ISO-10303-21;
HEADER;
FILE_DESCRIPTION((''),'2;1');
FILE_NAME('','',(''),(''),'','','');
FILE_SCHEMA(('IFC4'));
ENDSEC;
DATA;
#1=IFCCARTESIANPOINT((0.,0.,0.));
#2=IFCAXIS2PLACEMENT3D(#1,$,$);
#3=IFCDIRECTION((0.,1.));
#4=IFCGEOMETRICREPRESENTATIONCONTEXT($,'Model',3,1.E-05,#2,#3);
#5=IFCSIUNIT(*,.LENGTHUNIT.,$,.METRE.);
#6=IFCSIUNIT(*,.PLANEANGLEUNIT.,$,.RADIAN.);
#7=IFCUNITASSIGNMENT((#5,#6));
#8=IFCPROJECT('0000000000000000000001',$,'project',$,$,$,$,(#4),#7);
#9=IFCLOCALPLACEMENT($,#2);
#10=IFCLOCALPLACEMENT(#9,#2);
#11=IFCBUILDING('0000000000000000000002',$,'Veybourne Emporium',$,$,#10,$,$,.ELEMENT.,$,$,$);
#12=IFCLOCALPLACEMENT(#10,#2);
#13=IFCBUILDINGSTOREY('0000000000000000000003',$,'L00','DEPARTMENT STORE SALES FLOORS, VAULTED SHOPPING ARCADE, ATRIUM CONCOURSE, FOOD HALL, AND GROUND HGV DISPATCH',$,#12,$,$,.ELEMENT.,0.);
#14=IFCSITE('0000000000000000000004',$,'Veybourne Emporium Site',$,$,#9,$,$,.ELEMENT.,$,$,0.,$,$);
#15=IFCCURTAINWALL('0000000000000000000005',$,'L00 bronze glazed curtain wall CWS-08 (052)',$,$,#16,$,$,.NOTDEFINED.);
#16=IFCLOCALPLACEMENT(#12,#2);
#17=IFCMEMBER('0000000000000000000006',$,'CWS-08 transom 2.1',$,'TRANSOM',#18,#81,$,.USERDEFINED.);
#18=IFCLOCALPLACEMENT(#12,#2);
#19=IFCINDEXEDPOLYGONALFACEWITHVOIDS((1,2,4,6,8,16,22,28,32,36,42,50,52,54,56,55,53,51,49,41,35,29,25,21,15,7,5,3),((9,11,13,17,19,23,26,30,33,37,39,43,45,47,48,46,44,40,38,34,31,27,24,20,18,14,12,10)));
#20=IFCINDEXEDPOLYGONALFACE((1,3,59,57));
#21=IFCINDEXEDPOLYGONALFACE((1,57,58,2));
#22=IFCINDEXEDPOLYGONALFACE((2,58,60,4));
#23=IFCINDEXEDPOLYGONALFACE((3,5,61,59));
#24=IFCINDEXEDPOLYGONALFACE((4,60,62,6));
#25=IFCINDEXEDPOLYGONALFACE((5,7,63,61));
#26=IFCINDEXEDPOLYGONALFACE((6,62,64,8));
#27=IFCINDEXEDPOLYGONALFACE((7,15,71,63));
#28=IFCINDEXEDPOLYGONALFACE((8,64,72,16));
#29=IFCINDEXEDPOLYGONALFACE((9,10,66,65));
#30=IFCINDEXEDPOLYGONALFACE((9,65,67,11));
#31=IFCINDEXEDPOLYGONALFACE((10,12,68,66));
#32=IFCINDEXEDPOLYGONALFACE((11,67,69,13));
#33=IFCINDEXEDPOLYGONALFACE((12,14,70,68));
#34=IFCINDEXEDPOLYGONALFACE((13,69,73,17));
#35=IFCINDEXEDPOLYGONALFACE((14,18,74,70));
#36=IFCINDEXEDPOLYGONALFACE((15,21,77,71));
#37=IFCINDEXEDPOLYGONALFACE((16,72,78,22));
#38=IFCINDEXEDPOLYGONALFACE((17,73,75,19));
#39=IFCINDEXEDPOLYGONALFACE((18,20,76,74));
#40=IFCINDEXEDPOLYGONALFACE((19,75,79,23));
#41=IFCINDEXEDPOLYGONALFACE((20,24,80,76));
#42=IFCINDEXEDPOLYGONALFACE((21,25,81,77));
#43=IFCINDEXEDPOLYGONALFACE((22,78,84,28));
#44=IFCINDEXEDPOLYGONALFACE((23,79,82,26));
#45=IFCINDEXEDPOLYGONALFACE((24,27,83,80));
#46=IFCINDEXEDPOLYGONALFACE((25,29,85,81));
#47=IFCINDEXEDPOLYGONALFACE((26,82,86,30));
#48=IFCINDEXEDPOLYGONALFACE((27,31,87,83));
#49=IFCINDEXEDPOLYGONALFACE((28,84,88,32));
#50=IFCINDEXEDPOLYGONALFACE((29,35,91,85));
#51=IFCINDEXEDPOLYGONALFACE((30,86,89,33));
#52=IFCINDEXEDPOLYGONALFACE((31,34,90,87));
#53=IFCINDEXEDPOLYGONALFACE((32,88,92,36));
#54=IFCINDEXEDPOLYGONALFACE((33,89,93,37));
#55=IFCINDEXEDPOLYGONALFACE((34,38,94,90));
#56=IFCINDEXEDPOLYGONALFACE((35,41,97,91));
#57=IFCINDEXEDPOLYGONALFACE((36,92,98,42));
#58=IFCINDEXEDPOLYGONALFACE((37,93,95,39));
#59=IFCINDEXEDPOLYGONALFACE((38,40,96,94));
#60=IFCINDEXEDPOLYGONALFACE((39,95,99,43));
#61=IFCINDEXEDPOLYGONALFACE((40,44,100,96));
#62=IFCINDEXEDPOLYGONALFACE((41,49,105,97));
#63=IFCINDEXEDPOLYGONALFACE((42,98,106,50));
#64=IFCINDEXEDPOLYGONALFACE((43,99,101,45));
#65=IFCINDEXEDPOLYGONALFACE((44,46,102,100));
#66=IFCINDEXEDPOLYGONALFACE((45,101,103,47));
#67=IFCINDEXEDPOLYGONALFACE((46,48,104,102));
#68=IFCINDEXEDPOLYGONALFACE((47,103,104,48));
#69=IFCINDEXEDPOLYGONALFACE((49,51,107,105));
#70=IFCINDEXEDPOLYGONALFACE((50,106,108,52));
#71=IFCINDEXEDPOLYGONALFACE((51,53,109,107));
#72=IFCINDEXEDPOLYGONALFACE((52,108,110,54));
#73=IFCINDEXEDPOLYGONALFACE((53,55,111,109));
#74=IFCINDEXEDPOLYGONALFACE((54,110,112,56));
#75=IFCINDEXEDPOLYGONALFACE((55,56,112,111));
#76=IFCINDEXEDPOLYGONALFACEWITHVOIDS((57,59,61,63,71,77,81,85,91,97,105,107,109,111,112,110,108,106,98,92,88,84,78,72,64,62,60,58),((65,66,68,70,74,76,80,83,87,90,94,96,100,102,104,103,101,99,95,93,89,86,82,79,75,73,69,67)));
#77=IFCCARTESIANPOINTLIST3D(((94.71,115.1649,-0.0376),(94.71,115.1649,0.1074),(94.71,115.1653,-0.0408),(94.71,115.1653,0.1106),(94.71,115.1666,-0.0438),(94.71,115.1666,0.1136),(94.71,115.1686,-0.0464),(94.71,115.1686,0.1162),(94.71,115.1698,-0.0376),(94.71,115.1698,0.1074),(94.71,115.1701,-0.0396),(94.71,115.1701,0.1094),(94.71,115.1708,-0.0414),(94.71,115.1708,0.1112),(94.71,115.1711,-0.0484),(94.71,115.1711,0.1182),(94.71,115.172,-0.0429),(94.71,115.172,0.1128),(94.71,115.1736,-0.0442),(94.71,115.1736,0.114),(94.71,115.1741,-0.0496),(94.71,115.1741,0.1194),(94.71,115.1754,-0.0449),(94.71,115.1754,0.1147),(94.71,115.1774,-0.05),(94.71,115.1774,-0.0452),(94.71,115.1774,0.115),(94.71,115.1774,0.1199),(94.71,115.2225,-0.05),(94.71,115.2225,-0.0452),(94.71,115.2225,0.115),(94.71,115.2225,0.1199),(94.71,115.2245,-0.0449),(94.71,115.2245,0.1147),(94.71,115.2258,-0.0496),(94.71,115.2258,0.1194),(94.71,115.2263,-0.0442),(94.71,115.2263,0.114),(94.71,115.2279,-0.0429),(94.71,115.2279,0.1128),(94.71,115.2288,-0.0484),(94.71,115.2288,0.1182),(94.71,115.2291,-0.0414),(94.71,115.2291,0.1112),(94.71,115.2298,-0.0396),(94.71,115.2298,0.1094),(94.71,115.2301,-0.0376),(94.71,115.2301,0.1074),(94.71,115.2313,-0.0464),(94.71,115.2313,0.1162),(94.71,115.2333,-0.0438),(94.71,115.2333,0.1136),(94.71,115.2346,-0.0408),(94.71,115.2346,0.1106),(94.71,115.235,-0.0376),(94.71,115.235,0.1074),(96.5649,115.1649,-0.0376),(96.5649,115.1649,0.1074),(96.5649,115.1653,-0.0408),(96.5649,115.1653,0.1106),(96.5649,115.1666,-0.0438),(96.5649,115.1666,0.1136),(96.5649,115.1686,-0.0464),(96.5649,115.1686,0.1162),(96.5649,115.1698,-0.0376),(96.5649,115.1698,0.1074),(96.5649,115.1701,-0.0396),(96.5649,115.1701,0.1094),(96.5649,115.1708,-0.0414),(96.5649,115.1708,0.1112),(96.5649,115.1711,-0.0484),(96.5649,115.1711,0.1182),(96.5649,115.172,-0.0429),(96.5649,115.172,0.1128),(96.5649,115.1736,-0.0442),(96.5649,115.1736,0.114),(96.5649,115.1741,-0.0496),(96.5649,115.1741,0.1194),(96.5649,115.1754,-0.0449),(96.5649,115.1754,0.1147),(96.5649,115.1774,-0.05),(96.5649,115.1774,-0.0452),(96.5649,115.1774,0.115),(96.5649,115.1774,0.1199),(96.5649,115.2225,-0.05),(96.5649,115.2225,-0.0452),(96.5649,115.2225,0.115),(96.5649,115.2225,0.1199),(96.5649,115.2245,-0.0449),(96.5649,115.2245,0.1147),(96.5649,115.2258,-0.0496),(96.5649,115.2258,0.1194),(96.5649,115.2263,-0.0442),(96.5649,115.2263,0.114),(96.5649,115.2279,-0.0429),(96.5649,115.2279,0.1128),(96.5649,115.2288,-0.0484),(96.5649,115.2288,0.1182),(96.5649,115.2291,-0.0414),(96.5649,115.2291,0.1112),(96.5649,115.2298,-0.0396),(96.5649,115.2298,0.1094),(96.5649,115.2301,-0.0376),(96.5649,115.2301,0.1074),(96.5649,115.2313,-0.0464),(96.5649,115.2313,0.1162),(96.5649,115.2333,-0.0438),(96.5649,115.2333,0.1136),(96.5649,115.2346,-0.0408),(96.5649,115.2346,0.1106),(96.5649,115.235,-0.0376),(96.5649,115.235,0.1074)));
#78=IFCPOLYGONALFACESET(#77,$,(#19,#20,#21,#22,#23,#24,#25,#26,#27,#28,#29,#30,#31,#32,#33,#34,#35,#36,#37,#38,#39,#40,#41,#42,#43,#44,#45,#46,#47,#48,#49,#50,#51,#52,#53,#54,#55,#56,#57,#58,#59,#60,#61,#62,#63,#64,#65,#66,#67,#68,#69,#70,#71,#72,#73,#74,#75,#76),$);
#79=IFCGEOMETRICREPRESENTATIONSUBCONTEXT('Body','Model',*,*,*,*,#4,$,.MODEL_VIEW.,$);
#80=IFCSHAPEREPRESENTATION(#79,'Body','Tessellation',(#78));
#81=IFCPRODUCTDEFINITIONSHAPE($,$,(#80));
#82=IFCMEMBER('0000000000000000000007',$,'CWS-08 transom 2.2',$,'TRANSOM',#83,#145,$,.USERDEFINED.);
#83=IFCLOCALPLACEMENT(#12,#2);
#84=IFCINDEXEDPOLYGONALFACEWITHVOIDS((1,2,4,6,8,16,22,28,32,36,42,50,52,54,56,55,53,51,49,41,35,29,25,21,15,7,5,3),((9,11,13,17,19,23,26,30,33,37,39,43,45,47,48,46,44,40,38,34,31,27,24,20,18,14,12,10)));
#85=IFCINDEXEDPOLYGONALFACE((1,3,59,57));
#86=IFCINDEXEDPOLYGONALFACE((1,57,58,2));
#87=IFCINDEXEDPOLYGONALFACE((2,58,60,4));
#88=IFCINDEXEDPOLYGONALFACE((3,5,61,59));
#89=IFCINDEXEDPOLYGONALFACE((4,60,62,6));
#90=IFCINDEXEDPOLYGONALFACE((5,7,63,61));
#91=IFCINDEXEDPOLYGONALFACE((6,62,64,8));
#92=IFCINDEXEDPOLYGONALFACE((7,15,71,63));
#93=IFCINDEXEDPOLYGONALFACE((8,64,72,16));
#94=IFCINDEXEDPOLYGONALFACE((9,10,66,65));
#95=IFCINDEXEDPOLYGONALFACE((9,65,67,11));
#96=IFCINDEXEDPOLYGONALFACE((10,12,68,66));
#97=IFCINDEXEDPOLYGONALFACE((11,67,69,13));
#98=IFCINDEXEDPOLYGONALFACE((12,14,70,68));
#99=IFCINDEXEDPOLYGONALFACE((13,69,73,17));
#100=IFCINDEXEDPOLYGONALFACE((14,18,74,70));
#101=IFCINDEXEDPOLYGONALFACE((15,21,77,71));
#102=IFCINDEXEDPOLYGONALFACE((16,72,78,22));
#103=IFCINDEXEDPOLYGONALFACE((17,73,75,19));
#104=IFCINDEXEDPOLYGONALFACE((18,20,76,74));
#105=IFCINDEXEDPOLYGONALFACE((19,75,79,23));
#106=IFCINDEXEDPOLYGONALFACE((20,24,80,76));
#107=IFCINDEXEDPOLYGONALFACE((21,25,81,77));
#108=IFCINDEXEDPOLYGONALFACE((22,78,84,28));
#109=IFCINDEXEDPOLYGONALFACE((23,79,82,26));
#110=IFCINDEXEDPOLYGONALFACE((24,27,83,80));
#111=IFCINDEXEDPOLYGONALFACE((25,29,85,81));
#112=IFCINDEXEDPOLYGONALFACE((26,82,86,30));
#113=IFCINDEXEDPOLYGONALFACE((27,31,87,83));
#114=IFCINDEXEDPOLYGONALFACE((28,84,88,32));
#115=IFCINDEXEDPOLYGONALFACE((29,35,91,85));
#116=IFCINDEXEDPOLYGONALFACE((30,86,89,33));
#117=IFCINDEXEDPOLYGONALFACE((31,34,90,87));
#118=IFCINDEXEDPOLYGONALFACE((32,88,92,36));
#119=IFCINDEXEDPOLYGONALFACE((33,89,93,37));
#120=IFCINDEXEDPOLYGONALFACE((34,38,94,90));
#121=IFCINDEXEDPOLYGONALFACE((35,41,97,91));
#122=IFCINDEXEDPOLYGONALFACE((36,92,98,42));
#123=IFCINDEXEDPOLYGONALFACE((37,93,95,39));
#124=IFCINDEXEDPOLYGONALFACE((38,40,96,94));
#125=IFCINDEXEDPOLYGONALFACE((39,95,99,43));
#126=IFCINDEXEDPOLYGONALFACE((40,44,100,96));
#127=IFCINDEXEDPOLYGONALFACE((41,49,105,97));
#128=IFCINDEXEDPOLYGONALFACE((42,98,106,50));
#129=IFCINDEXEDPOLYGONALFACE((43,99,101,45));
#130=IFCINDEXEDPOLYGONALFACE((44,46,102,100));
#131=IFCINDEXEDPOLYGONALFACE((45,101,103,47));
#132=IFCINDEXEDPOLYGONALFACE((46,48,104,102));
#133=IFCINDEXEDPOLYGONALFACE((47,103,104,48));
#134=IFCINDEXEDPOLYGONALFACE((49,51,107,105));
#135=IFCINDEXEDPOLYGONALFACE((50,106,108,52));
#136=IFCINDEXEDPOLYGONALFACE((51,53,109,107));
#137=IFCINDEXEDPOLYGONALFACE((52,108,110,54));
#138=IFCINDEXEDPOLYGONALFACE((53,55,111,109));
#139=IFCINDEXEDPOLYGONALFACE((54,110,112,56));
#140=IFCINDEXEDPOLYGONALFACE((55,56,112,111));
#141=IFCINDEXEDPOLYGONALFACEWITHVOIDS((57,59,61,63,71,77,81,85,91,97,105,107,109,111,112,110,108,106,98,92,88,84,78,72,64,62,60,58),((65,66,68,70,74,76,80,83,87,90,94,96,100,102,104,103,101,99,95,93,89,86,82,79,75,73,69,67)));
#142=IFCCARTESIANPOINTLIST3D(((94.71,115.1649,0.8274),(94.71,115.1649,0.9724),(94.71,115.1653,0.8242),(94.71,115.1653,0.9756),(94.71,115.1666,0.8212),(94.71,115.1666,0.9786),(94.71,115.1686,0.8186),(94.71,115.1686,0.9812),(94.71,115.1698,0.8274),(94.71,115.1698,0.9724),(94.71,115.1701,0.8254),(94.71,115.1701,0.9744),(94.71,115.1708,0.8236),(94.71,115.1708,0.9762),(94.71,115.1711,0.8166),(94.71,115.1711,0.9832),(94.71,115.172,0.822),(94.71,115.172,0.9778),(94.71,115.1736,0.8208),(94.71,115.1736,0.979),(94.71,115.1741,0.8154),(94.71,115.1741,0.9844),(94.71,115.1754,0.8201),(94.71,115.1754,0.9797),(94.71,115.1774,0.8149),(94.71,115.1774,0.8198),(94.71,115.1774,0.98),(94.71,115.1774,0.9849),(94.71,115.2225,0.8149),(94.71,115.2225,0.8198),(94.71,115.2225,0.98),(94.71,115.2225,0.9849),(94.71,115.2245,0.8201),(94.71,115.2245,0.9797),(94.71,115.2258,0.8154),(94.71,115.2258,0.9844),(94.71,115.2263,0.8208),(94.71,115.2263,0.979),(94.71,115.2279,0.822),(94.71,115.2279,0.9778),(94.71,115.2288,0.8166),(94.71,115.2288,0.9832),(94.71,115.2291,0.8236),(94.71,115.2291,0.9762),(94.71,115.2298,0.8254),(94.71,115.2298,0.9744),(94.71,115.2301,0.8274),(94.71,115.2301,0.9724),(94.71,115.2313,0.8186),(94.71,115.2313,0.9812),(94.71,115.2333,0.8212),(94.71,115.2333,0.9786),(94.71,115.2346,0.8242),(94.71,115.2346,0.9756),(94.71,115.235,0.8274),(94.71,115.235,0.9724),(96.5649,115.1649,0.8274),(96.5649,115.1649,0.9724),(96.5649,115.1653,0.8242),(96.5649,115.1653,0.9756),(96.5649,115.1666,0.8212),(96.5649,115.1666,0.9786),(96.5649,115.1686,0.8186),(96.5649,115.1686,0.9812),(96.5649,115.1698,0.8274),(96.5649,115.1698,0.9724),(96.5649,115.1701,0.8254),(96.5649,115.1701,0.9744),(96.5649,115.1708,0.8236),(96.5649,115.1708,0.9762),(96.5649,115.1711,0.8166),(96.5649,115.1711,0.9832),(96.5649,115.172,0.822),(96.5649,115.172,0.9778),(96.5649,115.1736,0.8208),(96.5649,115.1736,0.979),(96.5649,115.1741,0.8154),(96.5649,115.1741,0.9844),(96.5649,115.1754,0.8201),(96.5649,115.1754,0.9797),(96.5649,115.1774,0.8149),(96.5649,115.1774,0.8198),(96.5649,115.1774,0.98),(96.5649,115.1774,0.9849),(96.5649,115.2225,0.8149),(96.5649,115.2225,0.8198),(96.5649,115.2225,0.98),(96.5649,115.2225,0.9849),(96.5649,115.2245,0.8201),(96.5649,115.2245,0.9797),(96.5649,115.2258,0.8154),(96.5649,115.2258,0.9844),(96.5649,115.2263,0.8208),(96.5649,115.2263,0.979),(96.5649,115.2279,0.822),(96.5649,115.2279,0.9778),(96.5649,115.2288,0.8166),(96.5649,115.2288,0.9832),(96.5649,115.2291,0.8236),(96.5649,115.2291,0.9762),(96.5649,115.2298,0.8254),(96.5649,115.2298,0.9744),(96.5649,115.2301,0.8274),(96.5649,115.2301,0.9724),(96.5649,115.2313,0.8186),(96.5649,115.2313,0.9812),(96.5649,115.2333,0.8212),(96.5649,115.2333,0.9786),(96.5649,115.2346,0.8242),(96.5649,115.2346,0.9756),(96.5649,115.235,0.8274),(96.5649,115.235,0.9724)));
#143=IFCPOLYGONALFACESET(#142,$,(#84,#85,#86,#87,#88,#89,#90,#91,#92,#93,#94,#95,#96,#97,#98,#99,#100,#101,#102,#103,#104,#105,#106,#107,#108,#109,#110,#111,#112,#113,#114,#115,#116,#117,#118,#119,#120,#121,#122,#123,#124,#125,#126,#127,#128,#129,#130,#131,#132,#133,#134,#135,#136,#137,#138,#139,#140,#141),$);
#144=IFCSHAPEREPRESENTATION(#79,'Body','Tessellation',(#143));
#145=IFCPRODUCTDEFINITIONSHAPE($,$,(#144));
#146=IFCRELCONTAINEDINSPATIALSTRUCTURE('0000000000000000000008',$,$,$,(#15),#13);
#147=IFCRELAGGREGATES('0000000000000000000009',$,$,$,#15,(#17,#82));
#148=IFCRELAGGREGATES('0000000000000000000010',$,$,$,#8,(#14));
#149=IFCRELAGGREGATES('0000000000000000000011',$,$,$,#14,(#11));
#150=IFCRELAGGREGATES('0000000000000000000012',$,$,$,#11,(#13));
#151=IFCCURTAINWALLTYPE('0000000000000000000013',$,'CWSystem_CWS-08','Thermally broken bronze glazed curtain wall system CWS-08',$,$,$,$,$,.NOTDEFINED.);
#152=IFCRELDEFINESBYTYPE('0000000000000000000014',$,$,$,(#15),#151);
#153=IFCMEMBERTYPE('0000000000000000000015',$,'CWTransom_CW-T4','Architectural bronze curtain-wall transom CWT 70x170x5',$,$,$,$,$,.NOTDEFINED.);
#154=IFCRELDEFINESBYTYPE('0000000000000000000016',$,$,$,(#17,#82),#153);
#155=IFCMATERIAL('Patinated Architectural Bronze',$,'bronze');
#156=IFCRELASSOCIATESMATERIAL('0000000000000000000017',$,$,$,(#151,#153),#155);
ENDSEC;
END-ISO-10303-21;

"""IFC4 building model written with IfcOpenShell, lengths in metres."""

from ifc_helpers import new_model, si_unit, direction, frame, origin, origin_2d, place, context, subcontext, project, spatial, hollow_rectangle, extrude, material, material_profile, profile_set, type_object, element, aggregate, save


model = new_model("IFC4")

# Units and contexts
model_context = context("Model", 3, precision=1e-05, world=origin(), true_north=direction((0.0, 1.0)))
body_context = subcontext(model_context, "Body", "Model", "MODEL_VIEW")
ifc_project = project(units=[si_unit("LENGTHUNIT", "METRE"), si_unit("PLANEANGLEUNIT", "RADIAN")], contexts=[model_context])

# Site, building, storey
site_placement = place(None, origin())
site = spatial("IfcSite", under=ifc_project, at=site_placement, Name="Veybourne Emporium Site", CompositionType="ELEMENT", RefElevation=0.0)
building_placement = place(site_placement, origin())
building = spatial("IfcBuilding", under=site, at=building_placement, Name="Veybourne Emporium", CompositionType="ELEMENT")
storey_placement = place(building_placement, origin())
storey = spatial("IfcBuildingStorey", under=building, at=storey_placement, Name="L00", Description="DEPARTMENT STORE SALES FLOORS, VAULTED SHOPPING ARCADE, ATRIUM CONCOURSE, FOOD HALL, AND GROUND HGV DISPATCH", CompositionType="ELEMENT", Elevation=0.0)

# Curtain wall, members
ifc_material_1 = material(Name="Patinated Architectural Bronze", Category="bronze")
curtain_wall_type = type_object("IfcCurtainWallType", Name="CWSystem_CWS-08", Description="Thermally broken bronze glazed curtain wall system CWS-08", PredefinedType="NOTDEFINED", material=ifc_material_1)
curtain_wall_placement = place(storey_placement, origin())
curtain_wall = element("IfcCurtainWall", 1, at=curtain_wall_placement, inside=storey, type_object=curtain_wall_type, Name="L00 bronze glazed curtain wall CWS-08 (052)", PredefinedType="NOTDEFINED")
ifc_material_profile_1 = material_profile(ifc_material_1, hollow_rectangle(XDim=0.0701, YDim=0.1699, WallThickness=0.0049, InnerFilletRadius=0.0076, OuterFilletRadius=0.0125, at=origin_2d()), Name="CWT 70x170x5")
ifc_profile_set_1 = profile_set([ifc_material_profile_1], Name="Patinated Architectural Bronze")
member_type_1 = type_object("IfcMemberType", Name="CWTransom_CW-T4", Description="Architectural bronze curtain-wall transom CWT 70x170x5", PredefinedType="NOTDEFINED", material=ifc_profile_set_1)
member_1_placement = place(storey_placement, frame((94.71, 115.2, 0.0349), z_axis=(1.0, 0.0, 0.0), x_axis=(0.0, 1.0, 0.0)))
member_1 = element("IfcMember", 2, at=member_1_placement, type_object=member_type_1, Name="CWS-08 transom 2.1", ObjectType="TRANSOM", PredefinedType="USERDEFINED", context=body_context, shape_type="SweptSolid", body=[
    extrude(hollow_rectangle(XDim=0.0701, YDim=0.1699, WallThickness=0.0049, InnerFilletRadius=0.0076, OuterFilletRadius=0.0125, at=origin_2d()), origin(), (0.0, 0.0, 1.0), 1.855),
])
member_2_placement = place(storey_placement, frame((94.71, 115.2, 0.8999), z_axis=(1.0, 0.0, 0.0), x_axis=(0.0, 1.0, 0.0)))
member_2 = element("IfcMember", 3, at=member_2_placement, type_object=member_type_1, Name="CWS-08 transom 2.2", ObjectType="TRANSOM", PredefinedType="USERDEFINED", context=body_context, shape_type="SweptSolid", body=[
    extrude(hollow_rectangle(XDim=0.0701, YDim=0.1699, WallThickness=0.0049, InnerFilletRadius=0.0076, OuterFilletRadius=0.0125, at=origin_2d()), origin(), (0.0, 0.0, 1.0), 1.855),
])

aggregate(curtain_wall, [member_1, member_2])

save(model, "model.ifc")
